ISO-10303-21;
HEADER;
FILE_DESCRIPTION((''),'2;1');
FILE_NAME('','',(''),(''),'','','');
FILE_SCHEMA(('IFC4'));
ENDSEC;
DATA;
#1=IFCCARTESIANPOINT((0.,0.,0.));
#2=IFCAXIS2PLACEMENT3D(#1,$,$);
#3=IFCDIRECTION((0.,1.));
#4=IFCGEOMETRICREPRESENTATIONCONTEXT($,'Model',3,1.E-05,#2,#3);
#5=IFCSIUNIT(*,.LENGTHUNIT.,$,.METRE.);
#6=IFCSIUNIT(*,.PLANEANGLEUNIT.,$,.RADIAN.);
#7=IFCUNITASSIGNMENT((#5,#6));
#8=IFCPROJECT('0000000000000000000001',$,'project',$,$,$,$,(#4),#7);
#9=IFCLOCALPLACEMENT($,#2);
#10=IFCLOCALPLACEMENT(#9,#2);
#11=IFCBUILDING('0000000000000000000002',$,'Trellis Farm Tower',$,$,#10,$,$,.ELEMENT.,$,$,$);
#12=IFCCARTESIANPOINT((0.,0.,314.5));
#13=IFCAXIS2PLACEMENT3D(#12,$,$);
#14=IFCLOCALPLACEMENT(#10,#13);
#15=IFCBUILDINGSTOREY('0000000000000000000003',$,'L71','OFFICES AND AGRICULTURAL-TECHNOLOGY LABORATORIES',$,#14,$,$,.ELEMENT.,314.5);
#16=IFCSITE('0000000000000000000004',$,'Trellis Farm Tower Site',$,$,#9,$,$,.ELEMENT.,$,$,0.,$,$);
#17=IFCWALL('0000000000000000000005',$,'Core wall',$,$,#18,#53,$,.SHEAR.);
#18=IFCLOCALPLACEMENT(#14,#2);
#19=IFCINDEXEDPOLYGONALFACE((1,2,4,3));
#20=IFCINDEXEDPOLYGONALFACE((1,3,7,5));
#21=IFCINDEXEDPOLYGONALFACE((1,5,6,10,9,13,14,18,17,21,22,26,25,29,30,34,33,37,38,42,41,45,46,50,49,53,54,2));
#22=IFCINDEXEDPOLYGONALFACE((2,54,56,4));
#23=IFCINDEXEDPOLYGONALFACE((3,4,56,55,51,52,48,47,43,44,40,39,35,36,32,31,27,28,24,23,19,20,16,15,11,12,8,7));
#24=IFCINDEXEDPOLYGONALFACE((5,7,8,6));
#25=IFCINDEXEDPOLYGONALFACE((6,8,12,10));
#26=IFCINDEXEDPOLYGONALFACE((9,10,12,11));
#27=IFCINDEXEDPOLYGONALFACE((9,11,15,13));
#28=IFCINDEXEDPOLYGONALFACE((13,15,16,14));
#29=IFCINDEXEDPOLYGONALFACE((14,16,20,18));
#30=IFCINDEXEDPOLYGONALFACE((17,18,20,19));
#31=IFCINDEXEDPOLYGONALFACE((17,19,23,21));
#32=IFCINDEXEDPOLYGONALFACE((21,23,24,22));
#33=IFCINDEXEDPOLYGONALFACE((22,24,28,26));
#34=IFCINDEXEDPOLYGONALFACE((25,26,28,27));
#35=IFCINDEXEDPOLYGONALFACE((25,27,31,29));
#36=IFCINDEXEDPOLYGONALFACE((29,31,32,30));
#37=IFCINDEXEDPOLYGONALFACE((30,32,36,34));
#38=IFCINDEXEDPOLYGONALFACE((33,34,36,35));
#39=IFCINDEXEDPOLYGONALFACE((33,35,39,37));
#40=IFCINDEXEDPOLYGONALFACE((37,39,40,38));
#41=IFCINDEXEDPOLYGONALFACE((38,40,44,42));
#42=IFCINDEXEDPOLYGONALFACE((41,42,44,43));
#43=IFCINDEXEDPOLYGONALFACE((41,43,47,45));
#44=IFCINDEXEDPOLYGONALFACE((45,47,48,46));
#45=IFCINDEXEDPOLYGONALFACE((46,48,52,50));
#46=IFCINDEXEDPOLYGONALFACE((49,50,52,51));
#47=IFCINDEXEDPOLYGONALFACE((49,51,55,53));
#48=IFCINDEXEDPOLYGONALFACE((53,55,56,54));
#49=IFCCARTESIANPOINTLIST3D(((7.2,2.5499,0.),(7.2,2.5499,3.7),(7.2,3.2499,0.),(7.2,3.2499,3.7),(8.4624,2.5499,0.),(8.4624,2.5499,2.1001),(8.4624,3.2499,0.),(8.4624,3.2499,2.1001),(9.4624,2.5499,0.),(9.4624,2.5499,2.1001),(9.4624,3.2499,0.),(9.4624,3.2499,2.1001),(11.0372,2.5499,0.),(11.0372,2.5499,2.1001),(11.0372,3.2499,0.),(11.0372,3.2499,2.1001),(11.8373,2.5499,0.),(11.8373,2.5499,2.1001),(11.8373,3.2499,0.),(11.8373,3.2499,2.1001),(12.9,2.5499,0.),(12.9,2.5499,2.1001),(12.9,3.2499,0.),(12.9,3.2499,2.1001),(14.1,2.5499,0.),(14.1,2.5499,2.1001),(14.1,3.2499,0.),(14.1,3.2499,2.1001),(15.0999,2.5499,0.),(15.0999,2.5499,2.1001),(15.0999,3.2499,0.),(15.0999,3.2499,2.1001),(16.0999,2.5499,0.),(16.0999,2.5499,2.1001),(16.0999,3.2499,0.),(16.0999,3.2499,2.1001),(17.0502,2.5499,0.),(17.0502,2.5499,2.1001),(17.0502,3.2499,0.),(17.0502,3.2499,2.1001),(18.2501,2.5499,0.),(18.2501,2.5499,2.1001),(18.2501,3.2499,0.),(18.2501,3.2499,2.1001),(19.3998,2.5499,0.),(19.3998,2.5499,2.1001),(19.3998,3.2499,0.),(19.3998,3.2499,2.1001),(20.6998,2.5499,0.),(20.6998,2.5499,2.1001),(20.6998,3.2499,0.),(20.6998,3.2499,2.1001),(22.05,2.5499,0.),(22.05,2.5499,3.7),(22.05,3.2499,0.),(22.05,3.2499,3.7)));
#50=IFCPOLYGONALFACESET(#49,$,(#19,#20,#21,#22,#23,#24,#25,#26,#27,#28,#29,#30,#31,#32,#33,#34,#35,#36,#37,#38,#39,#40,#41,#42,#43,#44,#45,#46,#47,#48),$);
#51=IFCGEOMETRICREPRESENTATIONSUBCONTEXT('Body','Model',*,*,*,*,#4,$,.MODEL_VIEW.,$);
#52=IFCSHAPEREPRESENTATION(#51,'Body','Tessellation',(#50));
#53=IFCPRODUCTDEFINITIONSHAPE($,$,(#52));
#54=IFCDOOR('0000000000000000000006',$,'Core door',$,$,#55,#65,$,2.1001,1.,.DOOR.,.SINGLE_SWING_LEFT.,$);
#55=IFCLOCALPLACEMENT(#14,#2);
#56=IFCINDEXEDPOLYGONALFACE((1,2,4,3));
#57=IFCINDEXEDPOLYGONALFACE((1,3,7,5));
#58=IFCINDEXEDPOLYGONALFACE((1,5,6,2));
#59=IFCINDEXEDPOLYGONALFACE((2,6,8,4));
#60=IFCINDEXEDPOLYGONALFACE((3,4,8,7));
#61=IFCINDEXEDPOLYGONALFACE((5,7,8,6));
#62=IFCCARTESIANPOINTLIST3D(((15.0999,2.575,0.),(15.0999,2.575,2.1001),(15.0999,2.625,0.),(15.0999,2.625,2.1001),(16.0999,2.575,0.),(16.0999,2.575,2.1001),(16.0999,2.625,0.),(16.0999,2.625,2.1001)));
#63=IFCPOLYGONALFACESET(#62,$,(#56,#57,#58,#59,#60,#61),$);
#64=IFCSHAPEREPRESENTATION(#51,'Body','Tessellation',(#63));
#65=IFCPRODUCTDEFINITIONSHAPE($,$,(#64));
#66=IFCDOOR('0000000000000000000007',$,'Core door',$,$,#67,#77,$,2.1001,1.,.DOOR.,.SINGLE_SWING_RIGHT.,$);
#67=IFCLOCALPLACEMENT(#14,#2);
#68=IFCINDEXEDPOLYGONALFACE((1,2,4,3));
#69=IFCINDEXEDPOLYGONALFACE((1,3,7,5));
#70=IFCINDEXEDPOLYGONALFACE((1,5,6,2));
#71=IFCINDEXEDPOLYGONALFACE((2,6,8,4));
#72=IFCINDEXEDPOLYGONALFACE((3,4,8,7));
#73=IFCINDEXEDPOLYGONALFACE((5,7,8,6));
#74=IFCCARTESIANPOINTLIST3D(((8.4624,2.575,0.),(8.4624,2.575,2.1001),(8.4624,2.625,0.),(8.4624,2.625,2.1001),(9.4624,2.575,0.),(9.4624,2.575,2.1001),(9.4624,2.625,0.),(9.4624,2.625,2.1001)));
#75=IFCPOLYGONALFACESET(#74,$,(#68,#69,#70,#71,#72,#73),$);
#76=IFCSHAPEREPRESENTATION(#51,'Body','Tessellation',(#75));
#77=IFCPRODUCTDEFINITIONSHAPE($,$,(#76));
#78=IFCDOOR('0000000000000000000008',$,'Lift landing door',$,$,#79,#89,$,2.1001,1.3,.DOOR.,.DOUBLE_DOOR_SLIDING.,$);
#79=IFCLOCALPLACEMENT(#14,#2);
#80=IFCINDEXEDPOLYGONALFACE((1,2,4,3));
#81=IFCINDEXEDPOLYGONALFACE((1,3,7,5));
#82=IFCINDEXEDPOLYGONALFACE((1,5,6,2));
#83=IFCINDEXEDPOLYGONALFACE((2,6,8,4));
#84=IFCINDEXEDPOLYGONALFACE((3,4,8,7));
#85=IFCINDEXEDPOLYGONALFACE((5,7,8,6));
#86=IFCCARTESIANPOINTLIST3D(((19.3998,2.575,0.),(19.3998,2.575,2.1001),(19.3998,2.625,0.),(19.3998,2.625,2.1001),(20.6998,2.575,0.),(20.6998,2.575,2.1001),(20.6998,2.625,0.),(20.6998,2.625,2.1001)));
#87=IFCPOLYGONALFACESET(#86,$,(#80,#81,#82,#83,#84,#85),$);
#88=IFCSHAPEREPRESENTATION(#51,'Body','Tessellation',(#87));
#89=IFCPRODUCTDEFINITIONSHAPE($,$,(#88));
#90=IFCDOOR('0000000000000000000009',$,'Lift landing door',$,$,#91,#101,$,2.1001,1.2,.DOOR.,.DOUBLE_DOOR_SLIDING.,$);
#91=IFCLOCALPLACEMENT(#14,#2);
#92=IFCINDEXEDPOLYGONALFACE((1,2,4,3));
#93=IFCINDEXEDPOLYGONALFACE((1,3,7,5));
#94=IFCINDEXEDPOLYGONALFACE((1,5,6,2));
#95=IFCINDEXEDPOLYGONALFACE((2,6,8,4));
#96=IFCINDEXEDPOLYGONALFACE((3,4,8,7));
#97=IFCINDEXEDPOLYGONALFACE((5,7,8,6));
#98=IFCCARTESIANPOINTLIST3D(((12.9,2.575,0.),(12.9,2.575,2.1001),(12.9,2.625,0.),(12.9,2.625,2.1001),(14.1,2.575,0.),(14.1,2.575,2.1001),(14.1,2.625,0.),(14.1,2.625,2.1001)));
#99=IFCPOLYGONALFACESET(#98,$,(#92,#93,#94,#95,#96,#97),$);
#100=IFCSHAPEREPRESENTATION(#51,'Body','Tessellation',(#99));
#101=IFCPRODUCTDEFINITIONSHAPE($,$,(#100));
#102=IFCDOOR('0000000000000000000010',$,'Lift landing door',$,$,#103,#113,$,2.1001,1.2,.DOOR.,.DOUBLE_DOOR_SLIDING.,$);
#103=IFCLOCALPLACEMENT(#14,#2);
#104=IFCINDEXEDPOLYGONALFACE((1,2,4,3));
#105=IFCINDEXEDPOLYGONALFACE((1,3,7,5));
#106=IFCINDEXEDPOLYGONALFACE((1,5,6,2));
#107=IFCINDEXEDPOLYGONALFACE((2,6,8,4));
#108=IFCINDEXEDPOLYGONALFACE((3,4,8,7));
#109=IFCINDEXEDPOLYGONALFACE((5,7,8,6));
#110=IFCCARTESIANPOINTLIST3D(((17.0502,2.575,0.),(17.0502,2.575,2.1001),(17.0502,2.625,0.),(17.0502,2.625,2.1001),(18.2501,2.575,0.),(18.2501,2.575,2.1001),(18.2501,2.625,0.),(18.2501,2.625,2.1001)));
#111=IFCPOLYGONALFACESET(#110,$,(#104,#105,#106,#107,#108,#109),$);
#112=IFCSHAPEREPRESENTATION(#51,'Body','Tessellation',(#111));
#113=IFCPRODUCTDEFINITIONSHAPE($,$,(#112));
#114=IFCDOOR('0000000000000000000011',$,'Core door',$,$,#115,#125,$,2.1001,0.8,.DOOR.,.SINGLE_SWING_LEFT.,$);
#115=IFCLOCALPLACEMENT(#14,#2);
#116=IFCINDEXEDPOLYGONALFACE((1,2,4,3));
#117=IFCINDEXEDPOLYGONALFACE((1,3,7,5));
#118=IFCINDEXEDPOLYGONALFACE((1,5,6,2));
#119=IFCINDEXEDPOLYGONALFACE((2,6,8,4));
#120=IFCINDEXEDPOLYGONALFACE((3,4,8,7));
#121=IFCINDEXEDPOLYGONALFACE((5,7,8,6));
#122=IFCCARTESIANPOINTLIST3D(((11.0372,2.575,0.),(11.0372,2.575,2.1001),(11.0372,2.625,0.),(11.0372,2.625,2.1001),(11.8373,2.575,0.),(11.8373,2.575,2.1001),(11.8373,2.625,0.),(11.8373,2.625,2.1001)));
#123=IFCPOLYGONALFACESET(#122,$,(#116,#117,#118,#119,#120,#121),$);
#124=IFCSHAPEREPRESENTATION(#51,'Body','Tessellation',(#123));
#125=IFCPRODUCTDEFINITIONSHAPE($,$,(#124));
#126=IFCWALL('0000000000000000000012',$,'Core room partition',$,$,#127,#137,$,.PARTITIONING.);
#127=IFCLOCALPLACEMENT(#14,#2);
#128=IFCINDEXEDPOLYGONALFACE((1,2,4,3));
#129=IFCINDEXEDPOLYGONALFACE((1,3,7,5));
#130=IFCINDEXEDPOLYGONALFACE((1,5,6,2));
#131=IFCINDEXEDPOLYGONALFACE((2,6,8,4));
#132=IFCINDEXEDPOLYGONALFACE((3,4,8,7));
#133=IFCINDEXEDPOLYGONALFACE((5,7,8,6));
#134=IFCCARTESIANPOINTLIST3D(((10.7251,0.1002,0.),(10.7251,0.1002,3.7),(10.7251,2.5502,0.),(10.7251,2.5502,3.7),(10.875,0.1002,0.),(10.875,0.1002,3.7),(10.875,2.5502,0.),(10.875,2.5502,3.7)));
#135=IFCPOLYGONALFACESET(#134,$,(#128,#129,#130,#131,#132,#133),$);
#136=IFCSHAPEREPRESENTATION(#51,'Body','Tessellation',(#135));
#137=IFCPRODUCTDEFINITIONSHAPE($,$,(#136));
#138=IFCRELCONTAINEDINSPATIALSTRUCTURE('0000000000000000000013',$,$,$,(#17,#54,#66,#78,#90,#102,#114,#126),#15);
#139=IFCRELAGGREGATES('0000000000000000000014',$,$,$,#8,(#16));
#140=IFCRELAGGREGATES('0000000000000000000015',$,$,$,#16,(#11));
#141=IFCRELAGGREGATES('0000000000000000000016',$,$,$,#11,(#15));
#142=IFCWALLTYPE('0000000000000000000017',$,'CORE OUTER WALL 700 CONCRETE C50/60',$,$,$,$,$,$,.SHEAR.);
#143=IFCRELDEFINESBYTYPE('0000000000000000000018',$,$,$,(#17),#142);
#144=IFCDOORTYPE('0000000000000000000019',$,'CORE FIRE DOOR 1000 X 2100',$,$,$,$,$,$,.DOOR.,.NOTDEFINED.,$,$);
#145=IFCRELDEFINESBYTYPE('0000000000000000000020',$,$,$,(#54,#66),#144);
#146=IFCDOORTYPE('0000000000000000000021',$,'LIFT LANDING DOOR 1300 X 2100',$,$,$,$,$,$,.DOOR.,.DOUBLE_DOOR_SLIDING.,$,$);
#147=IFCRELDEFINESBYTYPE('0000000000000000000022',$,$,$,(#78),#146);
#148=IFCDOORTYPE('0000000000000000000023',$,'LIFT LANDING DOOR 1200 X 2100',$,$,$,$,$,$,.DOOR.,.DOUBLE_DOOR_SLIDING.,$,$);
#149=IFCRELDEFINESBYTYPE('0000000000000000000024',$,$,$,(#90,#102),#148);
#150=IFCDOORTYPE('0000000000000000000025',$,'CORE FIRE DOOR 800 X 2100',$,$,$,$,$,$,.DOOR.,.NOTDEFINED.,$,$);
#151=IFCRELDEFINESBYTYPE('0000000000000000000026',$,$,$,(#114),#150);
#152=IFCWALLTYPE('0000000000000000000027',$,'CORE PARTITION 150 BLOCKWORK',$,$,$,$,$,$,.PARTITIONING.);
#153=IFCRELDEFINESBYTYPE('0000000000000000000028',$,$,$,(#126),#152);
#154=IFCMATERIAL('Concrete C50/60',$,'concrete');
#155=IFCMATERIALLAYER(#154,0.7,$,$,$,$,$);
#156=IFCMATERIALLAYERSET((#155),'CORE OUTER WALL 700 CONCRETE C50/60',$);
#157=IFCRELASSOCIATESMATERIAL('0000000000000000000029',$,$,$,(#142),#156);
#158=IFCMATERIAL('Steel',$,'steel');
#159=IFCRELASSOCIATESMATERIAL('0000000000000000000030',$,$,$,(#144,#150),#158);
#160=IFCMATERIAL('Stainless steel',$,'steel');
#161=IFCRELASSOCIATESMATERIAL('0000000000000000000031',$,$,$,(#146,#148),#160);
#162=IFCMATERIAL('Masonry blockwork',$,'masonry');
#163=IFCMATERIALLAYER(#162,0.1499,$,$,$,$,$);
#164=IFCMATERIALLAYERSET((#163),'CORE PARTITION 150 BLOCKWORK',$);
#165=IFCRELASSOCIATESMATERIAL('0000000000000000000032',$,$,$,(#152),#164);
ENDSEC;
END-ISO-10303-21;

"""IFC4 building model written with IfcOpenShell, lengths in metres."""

from ifc_helpers import new_model, si_unit, direction, frame, frame_2d, origin, place, context, subcontext, project, spatial, rectangle, extrude, source, transform, mapped, material, layer, layer_set, type_object, element, fill, save


model = new_model("IFC4")

# Units and contexts
model_context = context("Model", 3, precision=1e-05, world=origin(), true_north=direction((0.0, 1.0)))
body_context = subcontext(model_context, "Body", "Model", "MODEL_VIEW")
ifc_project = project(units=[si_unit("LENGTHUNIT", "METRE"), si_unit("PLANEANGLEUNIT", "RADIAN")], contexts=[model_context])

# Site, building, storey
site_placement = place(None, origin())
site = spatial("IfcSite", under=ifc_project, at=site_placement, Name="Trellis Farm Tower Site", CompositionType="ELEMENT", RefElevation=0.0)
building_placement = place(site_placement, origin())
building = spatial("IfcBuilding", under=site, at=building_placement, Name="Trellis Farm Tower", CompositionType="ELEMENT")
storey_placement = place(building_placement, frame((0.0, 0.0, 314.5)))
storey = spatial("IfcBuildingStorey", under=building, at=storey_placement, Name="L71", Description="OFFICES AND AGRICULTURAL-TECHNOLOGY LABORATORIES", CompositionType="ELEMENT", Elevation=314.5)

# Wall, openings, doors
ifc_material_1 = material(Name="Concrete C50/60", Category="concrete")
ifc_layer_1 = layer(ifc_material_1, 0.7)
ifc_layer_set_1 = layer_set([ifc_layer_1], Name="CORE OUTER WALL 700 CONCRETE C50/60")
wall_type_1 = type_object("IfcWallType", Name="CORE OUTER WALL 700 CONCRETE C50/60", PredefinedType="SHEAR", material=ifc_layer_set_1)
shared_shape_1 = source(origin(), body_context, "Body", "SweptSolid", [
    extrude(rectangle(XDim=14.8501, YDim=0.7, at=frame_2d((7.425, 0.0))), origin(), (0.0, 0.0, 1.0), 3.7),
])
wall_1_placement = place(storey_placement, frame((7.2, 2.8999, 0.0), z_axis=(0.0, 0.0, 1.0), x_axis=(1.0, 0.0, 0.0)))
wall_1 = element("IfcWall", 1, at=wall_1_placement, inside=storey, type_object=wall_type_1, Name="Core wall", PredefinedType="SHEAR", context=body_context, shape_type="MappedRepresentation", body=[
    mapped(shared_shape_1, transform((0.0, 0.0, 0.0))),
])
shared_shape_2 = source(origin(), body_context, "Body", "SweptSolid", [
    extrude(rectangle(XDim=1.2, YDim=2.1001, at=frame_2d((0.6001, 1.05))), frame((0.0, 0.3601, 0.0), z_axis=(0.0, -1.0, 0.0), x_axis=(1.0, 0.0, 0.0)), (0.0, 0.0, 1.0), 0.7202),
])
opening_1_placement = place(wall_1_placement, frame((5.7, 0.0, 0.0)))
opening_1 = element("IfcOpeningElement", 2, at=opening_1_placement, cuts=wall_1, PredefinedType="OPENING", context=body_context, shape_type="MappedRepresentation", body=[
    mapped(shared_shape_2, transform((0.0, 0.0, 0.0))),
])
shared_shape_3 = source(origin(), body_context, "Body", "SweptSolid", [
    extrude(rectangle(XDim=1.3, YDim=2.1001, at=frame_2d((0.6499, 1.05))), frame((0.0, 0.3601, 0.0), z_axis=(0.0, -1.0, 0.0), x_axis=(1.0, 0.0, 0.0)), (0.0, 0.0, 1.0), 0.7202),
])
opening_2_placement = place(wall_1_placement, frame((12.2, 0.0, 0.0)))
opening_2 = element("IfcOpeningElement", 3, at=opening_2_placement, cuts=wall_1, PredefinedType="OPENING", context=body_context, shape_type="MappedRepresentation", body=[
    mapped(shared_shape_3, transform((0.0, 0.0, 0.0))),
])
opening_3_placement = place(wall_1_placement, frame((9.8501, 0.0, 0.0)))
opening_3 = element("IfcOpeningElement", 4, at=opening_3_placement, cuts=wall_1, PredefinedType="OPENING", context=body_context, shape_type="MappedRepresentation", body=[
    mapped(shared_shape_2, transform((0.0, 0.0, 0.0))),
])
shared_shape_4 = source(origin(), body_context, "Body", "SweptSolid", [
    extrude(rectangle(XDim=1.0, YDim=2.1001, at=frame_2d((0.5, 1.05))), frame((0.0, 0.3601, 0.0), z_axis=(0.0, -1.0, 0.0), x_axis=(1.0, 0.0, 0.0)), (0.0, 0.0, 1.0), 0.7202),
])
opening_4_placement = place(wall_1_placement, frame((7.8999, 0.0, 0.0)))
opening_4 = element("IfcOpeningElement", 5, at=opening_4_placement, cuts=wall_1, PredefinedType="OPENING", context=body_context, shape_type="MappedRepresentation", body=[
    mapped(shared_shape_4, transform((0.0, 0.0, 0.0))),
])
opening_5_placement = place(wall_1_placement, frame((1.2625, 0.0, 0.0)))
opening_5 = element("IfcOpeningElement", 6, at=opening_5_placement, cuts=wall_1, PredefinedType="OPENING", context=body_context, shape_type="MappedRepresentation", body=[
    mapped(shared_shape_4, transform((0.0, 0.0, 0.0))),
])
shared_shape_5 = source(origin(), body_context, "Body", "SweptSolid", [
    extrude(rectangle(XDim=0.8, YDim=2.1001, at=frame_2d((0.3999, 1.05))), frame((0.0, 0.3601, 0.0), z_axis=(0.0, -1.0, 0.0), x_axis=(1.0, 0.0, 0.0)), (0.0, 0.0, 1.0), 0.7202),
])
opening_6_placement = place(wall_1_placement, frame((3.8374, 0.0, 0.0)))
opening_6 = element("IfcOpeningElement", 7, at=opening_6_placement, cuts=wall_1, PredefinedType="OPENING", context=body_context, shape_type="MappedRepresentation", body=[
    mapped(shared_shape_5, transform((0.0, 0.0, 0.0))),
])
ifc_material_2 = material(Name="Steel", Category="steel")
door_type_1 = type_object("IfcDoorType", Name="CORE FIRE DOOR 1000 X 2100", OperationType="NOTDEFINED", PredefinedType="DOOR", material=ifc_material_2)
shared_shape_6 = source(origin(), body_context, "Body", "SweptSolid", [
    extrude(rectangle(XDim=1.0, YDim=2.1001, at=frame_2d((0.5, 1.05))), frame((0.0, -0.2749, 0.0), z_axis=(0.0, -1.0, 0.0), x_axis=(1.0, 0.0, 0.0)), (0.0, 0.0, 1.0), 0.05),
])
door_1_placement = place(opening_4_placement, origin())
door_1 = element("IfcDoor", 8, at=door_1_placement, inside=storey, type_object=door_type_1, Name="Core door", OperationType="SINGLE_SWING_LEFT", OverallHeight=2.1001, OverallWidth=1.0, PredefinedType="DOOR", context=body_context, shape_type="MappedRepresentation", body=[
    mapped(shared_shape_6, transform((0.0, 0.0, 0.0))),
])
fill(opening_4, door_1)
door_2_placement = place(opening_5_placement, origin())
door_2 = element("IfcDoor", 9, at=door_2_placement, inside=storey, type_object=door_type_1, Name="Core door", OperationType="SINGLE_SWING_RIGHT", OverallHeight=2.1001, OverallWidth=1.0, PredefinedType="DOOR", context=body_context, shape_type="MappedRepresentation", body=[
    mapped(shared_shape_6, transform((0.0, 0.0, 0.0))),
])
fill(opening_5, door_2)
ifc_material_3 = material(Name="Stainless steel", Category="steel")
door_type_2 = type_object("IfcDoorType", Name="LIFT LANDING DOOR 1300 X 2100", OperationType="DOUBLE_DOOR_SLIDING", PredefinedType="DOOR", material=ifc_material_3)
shared_shape_7 = source(origin(), body_context, "Body", "SweptSolid", [
    extrude(rectangle(XDim=1.3, YDim=2.1001, at=frame_2d((0.6499, 1.05))), frame((0.0, -0.2749, 0.0), z_axis=(0.0, -1.0, 0.0), x_axis=(1.0, 0.0, 0.0)), (0.0, 0.0, 1.0), 0.05),
])
door_3_placement = place(opening_2_placement, origin())
door_3 = element("IfcDoor", 10, at=door_3_placement, inside=storey, type_object=door_type_2, Name="Lift landing door", OperationType="DOUBLE_DOOR_SLIDING", OverallHeight=2.1001, OverallWidth=1.3, PredefinedType="DOOR", context=body_context, shape_type="MappedRepresentation", body=[
    mapped(shared_shape_7, transform((0.0, 0.0, 0.0))),
])
fill(opening_2, door_3)
door_type_3 = type_object("IfcDoorType", Name="LIFT LANDING DOOR 1200 X 2100", OperationType="DOUBLE_DOOR_SLIDING", PredefinedType="DOOR", material=ifc_material_3)
shared_shape_8 = source(origin(), body_context, "Body", "SweptSolid", [
    extrude(rectangle(XDim=1.2, YDim=2.1001, at=frame_2d((0.6001, 1.05))), frame((0.0, -0.2749, 0.0), z_axis=(0.0, -1.0, 0.0), x_axis=(1.0, 0.0, 0.0)), (0.0, 0.0, 1.0), 0.05),
])
door_4_placement = place(opening_1_placement, origin())
door_4 = element("IfcDoor", 11, at=door_4_placement, inside=storey, type_object=door_type_3, Name="Lift landing door", OperationType="DOUBLE_DOOR_SLIDING", OverallHeight=2.1001, OverallWidth=1.2, PredefinedType="DOOR", context=body_context, shape_type="MappedRepresentation", body=[
    mapped(shared_shape_8, transform((0.0, 0.0, 0.0))),
])
fill(opening_1, door_4)
door_5_placement = place(opening_3_placement, origin())
door_5 = element("IfcDoor", 12, at=door_5_placement, inside=storey, type_object=door_type_3, Name="Lift landing door", OperationType="DOUBLE_DOOR_SLIDING", OverallHeight=2.1001, OverallWidth=1.2, PredefinedType="DOOR", context=body_context, shape_type="MappedRepresentation", body=[
    mapped(shared_shape_8, transform((0.0, 0.0, 0.0))),
])
fill(opening_3, door_5)
door_type_4 = type_object("IfcDoorType", Name="CORE FIRE DOOR 800 X 2100", OperationType="NOTDEFINED", PredefinedType="DOOR", material=ifc_material_2)
shared_shape_9 = source(origin(), body_context, "Body", "SweptSolid", [
    extrude(rectangle(XDim=0.8, YDim=2.1001, at=frame_2d((0.3999, 1.05))), frame((0.0, -0.2749, 0.0), z_axis=(0.0, -1.0, 0.0), x_axis=(1.0, 0.0, 0.0)), (0.0, 0.0, 1.0), 0.05),
])
door_6_placement = place(opening_6_placement, origin())
door_6 = element("IfcDoor", 13, at=door_6_placement, inside=storey, type_object=door_type_4, Name="Core door", OperationType="SINGLE_SWING_LEFT", OverallHeight=2.1001, OverallWidth=0.8, PredefinedType="DOOR", context=body_context, shape_type="MappedRepresentation", body=[
    mapped(shared_shape_9, transform((0.0, 0.0, 0.0))),
])
fill(opening_6, door_6)

# Wall
ifc_material_4 = material(Name="Masonry blockwork", Category="masonry")
ifc_layer_2 = layer(ifc_material_4, 0.1499)
ifc_layer_set_2 = layer_set([ifc_layer_2], Name="CORE PARTITION 150 BLOCKWORK")
wall_type_2 = type_object("IfcWallType", Name="CORE PARTITION 150 BLOCKWORK", PredefinedType="PARTITIONING", material=ifc_layer_set_2)
shared_shape_10 = source(origin(), body_context, "Body", "SweptSolid", [
    extrude(rectangle(XDim=2.45, YDim=0.1499, at=frame_2d((1.2251, 0.0))), origin(), (0.0, 0.0, 1.0), 3.7),
])
wall_2_placement = place(storey_placement, frame((10.8, 0.1001, 0.0), z_axis=(0.0, 0.0, 1.0), x_axis=(0.0, 1.0, 0.0)))
element("IfcWall", 14, at=wall_2_placement, inside=storey, type_object=wall_type_2, Name="Core room partition", PredefinedType="PARTITIONING", context=body_context, shape_type="MappedRepresentation", body=[
    mapped(shared_shape_10, transform((0.0, 0.0, 0.0))),
])

save(model, "model.ifc")
